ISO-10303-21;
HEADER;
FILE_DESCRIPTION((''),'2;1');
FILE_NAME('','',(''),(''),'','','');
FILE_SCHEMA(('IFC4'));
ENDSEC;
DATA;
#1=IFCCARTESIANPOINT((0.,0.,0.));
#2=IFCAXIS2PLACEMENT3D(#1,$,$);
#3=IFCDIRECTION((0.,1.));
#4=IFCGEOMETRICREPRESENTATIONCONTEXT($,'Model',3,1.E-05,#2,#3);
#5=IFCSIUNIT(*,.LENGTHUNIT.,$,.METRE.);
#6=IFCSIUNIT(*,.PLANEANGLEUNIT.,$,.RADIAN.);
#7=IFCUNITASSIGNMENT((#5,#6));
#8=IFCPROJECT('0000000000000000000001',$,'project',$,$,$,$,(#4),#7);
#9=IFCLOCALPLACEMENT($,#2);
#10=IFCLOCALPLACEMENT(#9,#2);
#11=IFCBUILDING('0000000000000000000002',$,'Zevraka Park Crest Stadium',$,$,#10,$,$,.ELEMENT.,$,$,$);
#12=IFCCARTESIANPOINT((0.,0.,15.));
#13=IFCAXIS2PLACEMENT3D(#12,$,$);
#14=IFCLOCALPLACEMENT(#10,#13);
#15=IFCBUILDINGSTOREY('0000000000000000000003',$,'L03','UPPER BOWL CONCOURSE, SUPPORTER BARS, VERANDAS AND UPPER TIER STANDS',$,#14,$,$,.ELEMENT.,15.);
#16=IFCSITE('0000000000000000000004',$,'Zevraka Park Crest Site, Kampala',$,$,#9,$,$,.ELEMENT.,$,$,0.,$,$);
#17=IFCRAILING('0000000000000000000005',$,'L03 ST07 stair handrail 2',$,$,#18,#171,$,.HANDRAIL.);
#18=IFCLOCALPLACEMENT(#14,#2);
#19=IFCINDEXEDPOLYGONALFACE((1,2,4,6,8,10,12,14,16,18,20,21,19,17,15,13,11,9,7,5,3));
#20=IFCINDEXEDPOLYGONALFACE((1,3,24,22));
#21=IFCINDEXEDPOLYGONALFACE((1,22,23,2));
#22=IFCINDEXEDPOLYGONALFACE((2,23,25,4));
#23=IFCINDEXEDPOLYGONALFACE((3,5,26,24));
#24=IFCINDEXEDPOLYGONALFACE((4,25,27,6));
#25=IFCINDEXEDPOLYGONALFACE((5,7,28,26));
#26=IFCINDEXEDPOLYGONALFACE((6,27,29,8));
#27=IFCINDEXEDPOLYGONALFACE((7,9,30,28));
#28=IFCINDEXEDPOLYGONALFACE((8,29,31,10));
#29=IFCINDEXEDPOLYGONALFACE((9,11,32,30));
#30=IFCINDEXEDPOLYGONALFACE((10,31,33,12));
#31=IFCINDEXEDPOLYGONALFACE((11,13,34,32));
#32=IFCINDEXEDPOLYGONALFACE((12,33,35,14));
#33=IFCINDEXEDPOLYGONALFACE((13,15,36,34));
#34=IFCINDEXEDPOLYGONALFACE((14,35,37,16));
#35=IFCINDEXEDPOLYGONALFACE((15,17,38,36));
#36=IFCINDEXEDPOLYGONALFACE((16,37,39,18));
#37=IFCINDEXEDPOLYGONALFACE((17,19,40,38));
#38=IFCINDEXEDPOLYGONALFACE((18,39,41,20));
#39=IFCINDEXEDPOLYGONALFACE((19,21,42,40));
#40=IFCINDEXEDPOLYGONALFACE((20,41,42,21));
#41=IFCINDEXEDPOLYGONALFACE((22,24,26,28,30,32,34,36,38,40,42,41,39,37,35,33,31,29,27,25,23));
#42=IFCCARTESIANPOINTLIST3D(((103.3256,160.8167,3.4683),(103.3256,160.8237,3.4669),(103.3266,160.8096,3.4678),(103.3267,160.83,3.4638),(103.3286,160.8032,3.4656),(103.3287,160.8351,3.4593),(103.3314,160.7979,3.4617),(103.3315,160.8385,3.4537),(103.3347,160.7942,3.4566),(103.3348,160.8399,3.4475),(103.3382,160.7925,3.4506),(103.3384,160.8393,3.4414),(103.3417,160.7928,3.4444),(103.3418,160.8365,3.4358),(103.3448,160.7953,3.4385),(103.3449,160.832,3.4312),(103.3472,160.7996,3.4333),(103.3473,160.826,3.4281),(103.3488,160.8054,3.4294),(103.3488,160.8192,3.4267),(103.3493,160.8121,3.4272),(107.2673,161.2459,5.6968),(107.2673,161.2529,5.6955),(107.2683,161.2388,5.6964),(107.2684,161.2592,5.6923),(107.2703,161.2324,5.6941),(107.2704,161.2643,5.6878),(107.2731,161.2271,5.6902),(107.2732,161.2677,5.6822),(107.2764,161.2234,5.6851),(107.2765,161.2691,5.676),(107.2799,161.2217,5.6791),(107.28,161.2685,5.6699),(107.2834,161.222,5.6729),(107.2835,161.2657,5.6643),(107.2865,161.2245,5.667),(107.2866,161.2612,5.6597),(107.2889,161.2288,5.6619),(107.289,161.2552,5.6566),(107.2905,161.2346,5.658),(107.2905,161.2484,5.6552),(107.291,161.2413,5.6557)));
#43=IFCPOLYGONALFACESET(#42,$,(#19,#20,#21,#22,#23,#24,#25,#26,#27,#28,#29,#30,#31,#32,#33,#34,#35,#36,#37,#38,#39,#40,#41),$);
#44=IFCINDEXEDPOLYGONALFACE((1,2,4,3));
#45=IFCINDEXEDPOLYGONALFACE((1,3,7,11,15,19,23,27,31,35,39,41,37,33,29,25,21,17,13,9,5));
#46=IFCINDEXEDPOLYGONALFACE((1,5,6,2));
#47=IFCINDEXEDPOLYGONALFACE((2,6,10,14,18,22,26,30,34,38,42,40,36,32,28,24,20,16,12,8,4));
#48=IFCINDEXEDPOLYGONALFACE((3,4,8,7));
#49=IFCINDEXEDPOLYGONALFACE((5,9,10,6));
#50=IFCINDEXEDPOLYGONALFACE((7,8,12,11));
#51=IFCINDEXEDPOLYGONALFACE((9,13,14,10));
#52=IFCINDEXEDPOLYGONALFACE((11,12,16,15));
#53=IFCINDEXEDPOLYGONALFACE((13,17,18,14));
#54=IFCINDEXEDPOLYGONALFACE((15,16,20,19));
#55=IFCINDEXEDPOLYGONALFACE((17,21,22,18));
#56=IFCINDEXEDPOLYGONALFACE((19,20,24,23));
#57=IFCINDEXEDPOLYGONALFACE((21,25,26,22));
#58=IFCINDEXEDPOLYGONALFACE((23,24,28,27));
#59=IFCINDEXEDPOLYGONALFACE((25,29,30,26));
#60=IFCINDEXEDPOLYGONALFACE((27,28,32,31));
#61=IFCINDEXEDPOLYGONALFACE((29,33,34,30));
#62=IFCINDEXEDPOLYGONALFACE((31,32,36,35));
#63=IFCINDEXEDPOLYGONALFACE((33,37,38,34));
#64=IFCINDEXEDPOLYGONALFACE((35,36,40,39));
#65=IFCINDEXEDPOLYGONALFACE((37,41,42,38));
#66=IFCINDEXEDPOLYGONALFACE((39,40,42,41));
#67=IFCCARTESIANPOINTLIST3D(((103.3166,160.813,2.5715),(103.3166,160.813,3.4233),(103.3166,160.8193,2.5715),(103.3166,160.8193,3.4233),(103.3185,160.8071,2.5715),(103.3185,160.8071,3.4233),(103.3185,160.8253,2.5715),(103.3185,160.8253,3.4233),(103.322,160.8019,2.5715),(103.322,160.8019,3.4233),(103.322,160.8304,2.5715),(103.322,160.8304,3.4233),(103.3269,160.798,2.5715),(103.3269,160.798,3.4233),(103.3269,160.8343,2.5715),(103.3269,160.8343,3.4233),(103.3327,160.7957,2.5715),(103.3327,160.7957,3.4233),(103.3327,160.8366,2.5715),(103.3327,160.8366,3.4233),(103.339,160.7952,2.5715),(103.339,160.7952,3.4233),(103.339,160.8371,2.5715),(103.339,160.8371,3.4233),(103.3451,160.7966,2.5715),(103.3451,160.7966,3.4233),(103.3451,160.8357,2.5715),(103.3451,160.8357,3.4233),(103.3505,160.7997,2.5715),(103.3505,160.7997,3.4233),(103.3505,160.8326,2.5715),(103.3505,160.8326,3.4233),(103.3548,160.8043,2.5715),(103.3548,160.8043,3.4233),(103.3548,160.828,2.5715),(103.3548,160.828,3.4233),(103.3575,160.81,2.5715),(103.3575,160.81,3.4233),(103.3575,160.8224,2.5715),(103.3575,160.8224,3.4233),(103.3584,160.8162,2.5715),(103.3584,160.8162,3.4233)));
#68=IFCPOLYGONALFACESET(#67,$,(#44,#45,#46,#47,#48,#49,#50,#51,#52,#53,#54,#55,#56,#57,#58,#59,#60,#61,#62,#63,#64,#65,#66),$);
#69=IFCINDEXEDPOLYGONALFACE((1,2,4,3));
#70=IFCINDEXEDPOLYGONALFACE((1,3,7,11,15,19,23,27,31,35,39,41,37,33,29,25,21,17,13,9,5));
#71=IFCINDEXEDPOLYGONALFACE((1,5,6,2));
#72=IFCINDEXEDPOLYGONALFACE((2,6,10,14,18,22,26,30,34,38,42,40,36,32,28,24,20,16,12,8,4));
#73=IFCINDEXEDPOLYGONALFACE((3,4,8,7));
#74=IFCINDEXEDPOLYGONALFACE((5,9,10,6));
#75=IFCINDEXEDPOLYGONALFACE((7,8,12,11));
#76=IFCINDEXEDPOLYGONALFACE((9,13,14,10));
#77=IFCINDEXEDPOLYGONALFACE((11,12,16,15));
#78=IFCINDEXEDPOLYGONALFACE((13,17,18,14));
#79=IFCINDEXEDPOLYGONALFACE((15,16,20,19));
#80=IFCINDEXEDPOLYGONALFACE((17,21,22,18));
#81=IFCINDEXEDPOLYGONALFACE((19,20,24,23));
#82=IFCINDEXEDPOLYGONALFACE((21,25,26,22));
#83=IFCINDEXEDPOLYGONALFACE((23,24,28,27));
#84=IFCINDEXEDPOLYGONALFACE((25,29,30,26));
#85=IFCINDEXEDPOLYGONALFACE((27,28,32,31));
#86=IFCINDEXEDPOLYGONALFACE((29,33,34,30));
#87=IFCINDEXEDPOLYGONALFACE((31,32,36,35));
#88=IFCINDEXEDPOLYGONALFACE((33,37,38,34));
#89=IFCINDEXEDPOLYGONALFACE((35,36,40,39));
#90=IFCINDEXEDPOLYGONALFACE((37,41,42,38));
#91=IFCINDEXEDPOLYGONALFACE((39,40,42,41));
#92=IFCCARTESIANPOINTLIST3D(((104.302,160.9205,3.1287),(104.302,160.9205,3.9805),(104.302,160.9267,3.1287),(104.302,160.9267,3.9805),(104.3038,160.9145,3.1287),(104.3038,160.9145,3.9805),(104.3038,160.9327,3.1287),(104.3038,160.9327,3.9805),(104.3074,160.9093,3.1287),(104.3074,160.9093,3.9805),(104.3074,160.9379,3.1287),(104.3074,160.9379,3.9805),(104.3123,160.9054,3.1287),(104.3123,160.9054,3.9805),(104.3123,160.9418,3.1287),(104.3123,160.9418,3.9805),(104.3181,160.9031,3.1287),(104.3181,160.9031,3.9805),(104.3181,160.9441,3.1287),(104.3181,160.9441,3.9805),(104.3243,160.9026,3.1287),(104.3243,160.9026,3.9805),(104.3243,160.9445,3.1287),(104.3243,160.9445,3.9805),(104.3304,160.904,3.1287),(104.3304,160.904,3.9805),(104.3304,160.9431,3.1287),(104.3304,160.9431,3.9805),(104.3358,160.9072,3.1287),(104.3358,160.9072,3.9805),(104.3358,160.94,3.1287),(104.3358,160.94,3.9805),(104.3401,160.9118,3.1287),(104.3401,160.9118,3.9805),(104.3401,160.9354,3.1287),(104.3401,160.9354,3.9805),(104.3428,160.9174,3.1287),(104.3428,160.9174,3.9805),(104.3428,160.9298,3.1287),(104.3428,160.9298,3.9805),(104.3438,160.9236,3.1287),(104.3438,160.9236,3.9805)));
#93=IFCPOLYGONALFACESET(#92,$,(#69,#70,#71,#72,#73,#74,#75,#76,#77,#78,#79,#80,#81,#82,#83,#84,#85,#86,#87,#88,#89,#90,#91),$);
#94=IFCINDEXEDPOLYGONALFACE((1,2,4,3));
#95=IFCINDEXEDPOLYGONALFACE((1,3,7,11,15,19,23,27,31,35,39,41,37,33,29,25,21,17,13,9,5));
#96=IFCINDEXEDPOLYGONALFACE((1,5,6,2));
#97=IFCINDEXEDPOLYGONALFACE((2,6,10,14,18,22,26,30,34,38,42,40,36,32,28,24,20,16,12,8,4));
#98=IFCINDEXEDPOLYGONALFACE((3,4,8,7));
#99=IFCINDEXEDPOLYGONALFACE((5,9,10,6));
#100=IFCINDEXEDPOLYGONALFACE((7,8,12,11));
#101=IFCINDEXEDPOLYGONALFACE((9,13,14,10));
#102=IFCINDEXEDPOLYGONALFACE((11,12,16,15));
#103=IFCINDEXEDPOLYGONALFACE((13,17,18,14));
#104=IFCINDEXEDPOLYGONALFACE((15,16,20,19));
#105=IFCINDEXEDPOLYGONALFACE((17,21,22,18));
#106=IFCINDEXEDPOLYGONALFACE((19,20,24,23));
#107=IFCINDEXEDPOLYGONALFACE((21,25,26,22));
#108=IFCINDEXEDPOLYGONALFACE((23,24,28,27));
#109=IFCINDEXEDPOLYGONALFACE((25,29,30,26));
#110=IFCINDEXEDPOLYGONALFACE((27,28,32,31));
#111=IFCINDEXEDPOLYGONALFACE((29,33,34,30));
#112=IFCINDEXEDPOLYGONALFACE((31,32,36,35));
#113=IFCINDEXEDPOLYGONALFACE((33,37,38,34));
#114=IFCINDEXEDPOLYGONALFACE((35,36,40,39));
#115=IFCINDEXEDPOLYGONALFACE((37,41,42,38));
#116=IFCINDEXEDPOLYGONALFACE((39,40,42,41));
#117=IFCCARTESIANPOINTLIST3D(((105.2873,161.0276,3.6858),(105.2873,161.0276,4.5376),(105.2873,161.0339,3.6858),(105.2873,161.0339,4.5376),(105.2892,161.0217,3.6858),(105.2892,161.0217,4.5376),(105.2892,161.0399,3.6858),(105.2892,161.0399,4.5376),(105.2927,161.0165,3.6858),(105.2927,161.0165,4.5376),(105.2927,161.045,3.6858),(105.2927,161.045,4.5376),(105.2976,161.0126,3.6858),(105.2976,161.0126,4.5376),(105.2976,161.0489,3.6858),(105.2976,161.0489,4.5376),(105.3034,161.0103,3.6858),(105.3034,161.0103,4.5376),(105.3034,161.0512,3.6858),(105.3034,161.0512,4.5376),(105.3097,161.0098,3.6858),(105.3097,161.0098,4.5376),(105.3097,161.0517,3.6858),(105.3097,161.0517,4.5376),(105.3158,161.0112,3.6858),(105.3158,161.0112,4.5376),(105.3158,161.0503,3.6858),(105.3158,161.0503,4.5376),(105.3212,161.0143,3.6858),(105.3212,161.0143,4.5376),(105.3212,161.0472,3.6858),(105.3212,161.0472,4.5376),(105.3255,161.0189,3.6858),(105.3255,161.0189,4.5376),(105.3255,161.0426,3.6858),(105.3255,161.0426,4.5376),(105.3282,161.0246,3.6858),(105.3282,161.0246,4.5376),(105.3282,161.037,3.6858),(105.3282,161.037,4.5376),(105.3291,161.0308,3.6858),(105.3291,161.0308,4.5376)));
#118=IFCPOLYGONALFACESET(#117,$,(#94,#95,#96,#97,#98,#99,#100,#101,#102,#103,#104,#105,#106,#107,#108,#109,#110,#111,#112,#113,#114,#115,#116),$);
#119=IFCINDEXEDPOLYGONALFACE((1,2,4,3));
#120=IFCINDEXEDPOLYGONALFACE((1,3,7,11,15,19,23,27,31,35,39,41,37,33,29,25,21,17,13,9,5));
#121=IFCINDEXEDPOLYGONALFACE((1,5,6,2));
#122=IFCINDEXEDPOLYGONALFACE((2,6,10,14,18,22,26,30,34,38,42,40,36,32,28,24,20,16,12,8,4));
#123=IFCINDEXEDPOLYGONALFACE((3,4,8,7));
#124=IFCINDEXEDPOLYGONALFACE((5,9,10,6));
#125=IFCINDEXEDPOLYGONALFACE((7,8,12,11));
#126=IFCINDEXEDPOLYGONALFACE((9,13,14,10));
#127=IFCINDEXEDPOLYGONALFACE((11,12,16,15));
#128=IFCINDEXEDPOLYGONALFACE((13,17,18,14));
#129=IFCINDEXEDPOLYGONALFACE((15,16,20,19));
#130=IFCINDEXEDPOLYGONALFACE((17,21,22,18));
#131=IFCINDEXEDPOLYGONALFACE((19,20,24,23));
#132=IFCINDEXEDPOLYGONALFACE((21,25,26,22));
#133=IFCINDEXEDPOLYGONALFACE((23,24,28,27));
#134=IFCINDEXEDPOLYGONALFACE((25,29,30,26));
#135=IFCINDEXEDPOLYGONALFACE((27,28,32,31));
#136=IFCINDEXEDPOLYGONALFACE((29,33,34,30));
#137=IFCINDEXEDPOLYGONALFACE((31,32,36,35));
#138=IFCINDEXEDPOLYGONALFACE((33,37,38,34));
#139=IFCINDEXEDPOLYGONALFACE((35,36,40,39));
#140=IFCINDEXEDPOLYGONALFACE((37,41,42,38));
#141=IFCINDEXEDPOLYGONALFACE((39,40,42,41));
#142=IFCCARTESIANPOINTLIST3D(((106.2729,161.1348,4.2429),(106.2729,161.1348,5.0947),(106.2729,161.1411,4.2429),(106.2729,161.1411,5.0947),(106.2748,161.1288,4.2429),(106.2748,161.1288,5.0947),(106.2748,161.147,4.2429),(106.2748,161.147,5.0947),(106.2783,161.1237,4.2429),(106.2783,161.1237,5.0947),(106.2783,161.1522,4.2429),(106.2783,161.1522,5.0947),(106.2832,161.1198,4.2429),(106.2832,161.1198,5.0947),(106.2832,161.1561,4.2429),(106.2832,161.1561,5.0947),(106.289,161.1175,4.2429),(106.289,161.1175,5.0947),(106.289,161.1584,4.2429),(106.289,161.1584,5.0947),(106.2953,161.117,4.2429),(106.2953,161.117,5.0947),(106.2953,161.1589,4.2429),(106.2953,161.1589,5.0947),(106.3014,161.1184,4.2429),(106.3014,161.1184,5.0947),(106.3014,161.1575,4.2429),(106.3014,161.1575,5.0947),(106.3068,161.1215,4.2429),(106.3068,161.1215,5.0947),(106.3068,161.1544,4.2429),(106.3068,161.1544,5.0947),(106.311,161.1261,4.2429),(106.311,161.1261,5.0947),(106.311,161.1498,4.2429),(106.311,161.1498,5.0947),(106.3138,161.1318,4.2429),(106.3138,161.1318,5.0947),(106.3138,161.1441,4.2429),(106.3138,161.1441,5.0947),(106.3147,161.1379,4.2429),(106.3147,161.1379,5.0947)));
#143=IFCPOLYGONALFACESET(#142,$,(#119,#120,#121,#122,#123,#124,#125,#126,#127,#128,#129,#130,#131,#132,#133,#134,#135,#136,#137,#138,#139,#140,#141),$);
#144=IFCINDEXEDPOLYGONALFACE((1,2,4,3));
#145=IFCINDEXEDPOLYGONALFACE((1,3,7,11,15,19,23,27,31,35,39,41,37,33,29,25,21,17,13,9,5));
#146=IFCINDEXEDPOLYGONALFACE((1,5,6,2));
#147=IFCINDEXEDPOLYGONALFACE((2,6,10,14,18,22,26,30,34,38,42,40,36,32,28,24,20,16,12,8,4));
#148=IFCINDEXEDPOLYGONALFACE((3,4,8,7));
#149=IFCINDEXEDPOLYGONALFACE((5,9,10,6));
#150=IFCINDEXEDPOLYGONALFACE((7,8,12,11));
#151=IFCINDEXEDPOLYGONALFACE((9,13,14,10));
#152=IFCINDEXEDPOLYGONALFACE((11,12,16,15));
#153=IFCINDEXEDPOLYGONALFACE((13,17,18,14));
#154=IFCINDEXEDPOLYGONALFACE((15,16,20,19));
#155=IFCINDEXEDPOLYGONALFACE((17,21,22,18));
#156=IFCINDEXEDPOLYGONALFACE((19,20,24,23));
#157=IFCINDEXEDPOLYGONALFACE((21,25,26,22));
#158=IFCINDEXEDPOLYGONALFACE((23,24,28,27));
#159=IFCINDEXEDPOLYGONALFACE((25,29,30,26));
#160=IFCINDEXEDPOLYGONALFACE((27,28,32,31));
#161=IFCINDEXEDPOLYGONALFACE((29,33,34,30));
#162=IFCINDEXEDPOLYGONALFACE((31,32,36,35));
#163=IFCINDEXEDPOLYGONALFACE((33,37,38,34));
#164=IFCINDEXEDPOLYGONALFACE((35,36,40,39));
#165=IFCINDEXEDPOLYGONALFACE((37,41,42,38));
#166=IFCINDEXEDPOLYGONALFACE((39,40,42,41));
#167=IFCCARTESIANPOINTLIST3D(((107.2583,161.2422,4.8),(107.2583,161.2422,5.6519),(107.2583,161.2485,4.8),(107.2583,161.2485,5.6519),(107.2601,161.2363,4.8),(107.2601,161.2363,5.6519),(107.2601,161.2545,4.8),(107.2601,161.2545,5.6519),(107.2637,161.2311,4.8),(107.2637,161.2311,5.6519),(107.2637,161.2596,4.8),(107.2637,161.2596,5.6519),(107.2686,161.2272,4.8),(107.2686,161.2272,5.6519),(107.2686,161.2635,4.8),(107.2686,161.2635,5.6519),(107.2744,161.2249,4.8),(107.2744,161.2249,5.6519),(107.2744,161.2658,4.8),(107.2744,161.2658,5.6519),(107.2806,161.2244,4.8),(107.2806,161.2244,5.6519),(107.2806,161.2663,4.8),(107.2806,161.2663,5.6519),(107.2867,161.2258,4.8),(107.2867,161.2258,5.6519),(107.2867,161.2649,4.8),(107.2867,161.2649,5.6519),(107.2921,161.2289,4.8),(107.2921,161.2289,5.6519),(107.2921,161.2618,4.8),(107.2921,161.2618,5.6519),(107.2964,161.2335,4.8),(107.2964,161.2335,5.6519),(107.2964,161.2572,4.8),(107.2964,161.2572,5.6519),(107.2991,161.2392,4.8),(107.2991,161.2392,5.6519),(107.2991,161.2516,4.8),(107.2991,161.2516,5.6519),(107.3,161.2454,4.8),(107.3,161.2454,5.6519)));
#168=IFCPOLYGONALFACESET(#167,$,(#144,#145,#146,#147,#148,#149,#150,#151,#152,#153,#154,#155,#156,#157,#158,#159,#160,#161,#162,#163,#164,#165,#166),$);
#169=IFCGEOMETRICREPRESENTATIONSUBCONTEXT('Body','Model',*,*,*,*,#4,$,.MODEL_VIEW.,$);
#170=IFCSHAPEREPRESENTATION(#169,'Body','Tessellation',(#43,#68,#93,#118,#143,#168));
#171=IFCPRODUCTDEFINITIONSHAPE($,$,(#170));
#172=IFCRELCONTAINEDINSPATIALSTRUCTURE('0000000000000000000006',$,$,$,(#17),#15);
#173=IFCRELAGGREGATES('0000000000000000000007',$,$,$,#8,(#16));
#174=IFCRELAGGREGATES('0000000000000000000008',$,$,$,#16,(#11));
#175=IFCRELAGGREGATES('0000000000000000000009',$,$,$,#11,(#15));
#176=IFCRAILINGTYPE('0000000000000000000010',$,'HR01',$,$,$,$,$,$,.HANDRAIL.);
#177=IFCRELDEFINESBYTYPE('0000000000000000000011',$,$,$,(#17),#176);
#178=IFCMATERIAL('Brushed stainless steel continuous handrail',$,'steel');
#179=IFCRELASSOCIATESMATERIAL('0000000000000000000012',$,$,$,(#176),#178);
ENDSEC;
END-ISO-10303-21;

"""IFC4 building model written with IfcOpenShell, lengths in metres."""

from ifc_helpers import new_model, si_unit, direction, frame, origin, origin_2d, place, context, subcontext, project, spatial, circle, extrude, material, type_object, element, save


model = new_model("IFC4")

# Units and contexts
model_context = context("Model", 3, precision=1e-05, world=origin(), true_north=direction((0.0, 1.0)))
body_context = subcontext(model_context, "Body", "Model", "MODEL_VIEW")
ifc_project = project(units=[si_unit("LENGTHUNIT", "METRE"), si_unit("PLANEANGLEUNIT", "RADIAN")], contexts=[model_context])

# Site, building, storey
site_placement = place(None, origin())
site = spatial("IfcSite", under=ifc_project, at=site_placement, Name="Zevraka Park Crest Site, Kampala", CompositionType="ELEMENT", RefElevation=0.0)
building_placement = place(site_placement, origin())
building = spatial("IfcBuilding", under=site, at=building_placement, Name="Zevraka Park Crest Stadium", CompositionType="ELEMENT")
storey_placement = place(building_placement, frame((0.0, 0.0, 15.0)))
storey = spatial("IfcBuildingStorey", under=building, at=storey_placement, Name="L03", Description="UPPER BOWL CONCOURSE, SUPPORTER BARS, VERANDAS AND UPPER TIER STANDS", CompositionType="ELEMENT", Elevation=15.0)

# Railing
ifc_material_1 = material(Name="Brushed stainless steel continuous handrail", Category="steel")
railing_type_1 = type_object("IfcRailingType", Name="HR01", PredefinedType="HANDRAIL", material=ifc_material_1)
railing_1_placement = place(storey_placement, frame((103.3374, 160.8162, 2.5715)))
element("IfcRailing", 1, at=railing_1_placement, inside=storey, type_object=railing_type_1, Name="L03 ST07 stair handrail 2", PredefinedType="HANDRAIL", context=body_context, shape_type="SweptSolid", body=[
    extrude(circle(Radius=0.0239, at=origin_2d()), frame((0.0, 0.0, 0.876), z_axis=(0.866619, 0.094365, 0.489966), x_axis=(-0.108248, 0.994124, 0.0)), (0.0, 0.0, 1.0), 4.5483),
    extrude(circle(Radius=0.021, at=origin_2d()), origin(), (0.0, 0.0, 1.0), 0.8518),
    extrude(circle(Radius=0.021, at=origin_2d()), frame((0.9854, 0.1074, 0.5571)), (0.0, 0.0, 1.0), 0.8518),
    extrude(circle(Radius=0.021, at=origin_2d()), frame((1.9707, 0.2146, 1.1143)), (0.0, 0.0, 1.0), 0.8518),
    extrude(circle(Radius=0.021, at=origin_2d()), frame((2.9563, 0.3218, 1.6714)), (0.0, 0.0, 1.0), 0.8518),
    extrude(circle(Radius=0.021, at=origin_2d()), frame((3.9417, 0.4292, 2.2285)), (0.0, 0.0, 1.0), 0.8518),
])

save(model, "model.ifc")
